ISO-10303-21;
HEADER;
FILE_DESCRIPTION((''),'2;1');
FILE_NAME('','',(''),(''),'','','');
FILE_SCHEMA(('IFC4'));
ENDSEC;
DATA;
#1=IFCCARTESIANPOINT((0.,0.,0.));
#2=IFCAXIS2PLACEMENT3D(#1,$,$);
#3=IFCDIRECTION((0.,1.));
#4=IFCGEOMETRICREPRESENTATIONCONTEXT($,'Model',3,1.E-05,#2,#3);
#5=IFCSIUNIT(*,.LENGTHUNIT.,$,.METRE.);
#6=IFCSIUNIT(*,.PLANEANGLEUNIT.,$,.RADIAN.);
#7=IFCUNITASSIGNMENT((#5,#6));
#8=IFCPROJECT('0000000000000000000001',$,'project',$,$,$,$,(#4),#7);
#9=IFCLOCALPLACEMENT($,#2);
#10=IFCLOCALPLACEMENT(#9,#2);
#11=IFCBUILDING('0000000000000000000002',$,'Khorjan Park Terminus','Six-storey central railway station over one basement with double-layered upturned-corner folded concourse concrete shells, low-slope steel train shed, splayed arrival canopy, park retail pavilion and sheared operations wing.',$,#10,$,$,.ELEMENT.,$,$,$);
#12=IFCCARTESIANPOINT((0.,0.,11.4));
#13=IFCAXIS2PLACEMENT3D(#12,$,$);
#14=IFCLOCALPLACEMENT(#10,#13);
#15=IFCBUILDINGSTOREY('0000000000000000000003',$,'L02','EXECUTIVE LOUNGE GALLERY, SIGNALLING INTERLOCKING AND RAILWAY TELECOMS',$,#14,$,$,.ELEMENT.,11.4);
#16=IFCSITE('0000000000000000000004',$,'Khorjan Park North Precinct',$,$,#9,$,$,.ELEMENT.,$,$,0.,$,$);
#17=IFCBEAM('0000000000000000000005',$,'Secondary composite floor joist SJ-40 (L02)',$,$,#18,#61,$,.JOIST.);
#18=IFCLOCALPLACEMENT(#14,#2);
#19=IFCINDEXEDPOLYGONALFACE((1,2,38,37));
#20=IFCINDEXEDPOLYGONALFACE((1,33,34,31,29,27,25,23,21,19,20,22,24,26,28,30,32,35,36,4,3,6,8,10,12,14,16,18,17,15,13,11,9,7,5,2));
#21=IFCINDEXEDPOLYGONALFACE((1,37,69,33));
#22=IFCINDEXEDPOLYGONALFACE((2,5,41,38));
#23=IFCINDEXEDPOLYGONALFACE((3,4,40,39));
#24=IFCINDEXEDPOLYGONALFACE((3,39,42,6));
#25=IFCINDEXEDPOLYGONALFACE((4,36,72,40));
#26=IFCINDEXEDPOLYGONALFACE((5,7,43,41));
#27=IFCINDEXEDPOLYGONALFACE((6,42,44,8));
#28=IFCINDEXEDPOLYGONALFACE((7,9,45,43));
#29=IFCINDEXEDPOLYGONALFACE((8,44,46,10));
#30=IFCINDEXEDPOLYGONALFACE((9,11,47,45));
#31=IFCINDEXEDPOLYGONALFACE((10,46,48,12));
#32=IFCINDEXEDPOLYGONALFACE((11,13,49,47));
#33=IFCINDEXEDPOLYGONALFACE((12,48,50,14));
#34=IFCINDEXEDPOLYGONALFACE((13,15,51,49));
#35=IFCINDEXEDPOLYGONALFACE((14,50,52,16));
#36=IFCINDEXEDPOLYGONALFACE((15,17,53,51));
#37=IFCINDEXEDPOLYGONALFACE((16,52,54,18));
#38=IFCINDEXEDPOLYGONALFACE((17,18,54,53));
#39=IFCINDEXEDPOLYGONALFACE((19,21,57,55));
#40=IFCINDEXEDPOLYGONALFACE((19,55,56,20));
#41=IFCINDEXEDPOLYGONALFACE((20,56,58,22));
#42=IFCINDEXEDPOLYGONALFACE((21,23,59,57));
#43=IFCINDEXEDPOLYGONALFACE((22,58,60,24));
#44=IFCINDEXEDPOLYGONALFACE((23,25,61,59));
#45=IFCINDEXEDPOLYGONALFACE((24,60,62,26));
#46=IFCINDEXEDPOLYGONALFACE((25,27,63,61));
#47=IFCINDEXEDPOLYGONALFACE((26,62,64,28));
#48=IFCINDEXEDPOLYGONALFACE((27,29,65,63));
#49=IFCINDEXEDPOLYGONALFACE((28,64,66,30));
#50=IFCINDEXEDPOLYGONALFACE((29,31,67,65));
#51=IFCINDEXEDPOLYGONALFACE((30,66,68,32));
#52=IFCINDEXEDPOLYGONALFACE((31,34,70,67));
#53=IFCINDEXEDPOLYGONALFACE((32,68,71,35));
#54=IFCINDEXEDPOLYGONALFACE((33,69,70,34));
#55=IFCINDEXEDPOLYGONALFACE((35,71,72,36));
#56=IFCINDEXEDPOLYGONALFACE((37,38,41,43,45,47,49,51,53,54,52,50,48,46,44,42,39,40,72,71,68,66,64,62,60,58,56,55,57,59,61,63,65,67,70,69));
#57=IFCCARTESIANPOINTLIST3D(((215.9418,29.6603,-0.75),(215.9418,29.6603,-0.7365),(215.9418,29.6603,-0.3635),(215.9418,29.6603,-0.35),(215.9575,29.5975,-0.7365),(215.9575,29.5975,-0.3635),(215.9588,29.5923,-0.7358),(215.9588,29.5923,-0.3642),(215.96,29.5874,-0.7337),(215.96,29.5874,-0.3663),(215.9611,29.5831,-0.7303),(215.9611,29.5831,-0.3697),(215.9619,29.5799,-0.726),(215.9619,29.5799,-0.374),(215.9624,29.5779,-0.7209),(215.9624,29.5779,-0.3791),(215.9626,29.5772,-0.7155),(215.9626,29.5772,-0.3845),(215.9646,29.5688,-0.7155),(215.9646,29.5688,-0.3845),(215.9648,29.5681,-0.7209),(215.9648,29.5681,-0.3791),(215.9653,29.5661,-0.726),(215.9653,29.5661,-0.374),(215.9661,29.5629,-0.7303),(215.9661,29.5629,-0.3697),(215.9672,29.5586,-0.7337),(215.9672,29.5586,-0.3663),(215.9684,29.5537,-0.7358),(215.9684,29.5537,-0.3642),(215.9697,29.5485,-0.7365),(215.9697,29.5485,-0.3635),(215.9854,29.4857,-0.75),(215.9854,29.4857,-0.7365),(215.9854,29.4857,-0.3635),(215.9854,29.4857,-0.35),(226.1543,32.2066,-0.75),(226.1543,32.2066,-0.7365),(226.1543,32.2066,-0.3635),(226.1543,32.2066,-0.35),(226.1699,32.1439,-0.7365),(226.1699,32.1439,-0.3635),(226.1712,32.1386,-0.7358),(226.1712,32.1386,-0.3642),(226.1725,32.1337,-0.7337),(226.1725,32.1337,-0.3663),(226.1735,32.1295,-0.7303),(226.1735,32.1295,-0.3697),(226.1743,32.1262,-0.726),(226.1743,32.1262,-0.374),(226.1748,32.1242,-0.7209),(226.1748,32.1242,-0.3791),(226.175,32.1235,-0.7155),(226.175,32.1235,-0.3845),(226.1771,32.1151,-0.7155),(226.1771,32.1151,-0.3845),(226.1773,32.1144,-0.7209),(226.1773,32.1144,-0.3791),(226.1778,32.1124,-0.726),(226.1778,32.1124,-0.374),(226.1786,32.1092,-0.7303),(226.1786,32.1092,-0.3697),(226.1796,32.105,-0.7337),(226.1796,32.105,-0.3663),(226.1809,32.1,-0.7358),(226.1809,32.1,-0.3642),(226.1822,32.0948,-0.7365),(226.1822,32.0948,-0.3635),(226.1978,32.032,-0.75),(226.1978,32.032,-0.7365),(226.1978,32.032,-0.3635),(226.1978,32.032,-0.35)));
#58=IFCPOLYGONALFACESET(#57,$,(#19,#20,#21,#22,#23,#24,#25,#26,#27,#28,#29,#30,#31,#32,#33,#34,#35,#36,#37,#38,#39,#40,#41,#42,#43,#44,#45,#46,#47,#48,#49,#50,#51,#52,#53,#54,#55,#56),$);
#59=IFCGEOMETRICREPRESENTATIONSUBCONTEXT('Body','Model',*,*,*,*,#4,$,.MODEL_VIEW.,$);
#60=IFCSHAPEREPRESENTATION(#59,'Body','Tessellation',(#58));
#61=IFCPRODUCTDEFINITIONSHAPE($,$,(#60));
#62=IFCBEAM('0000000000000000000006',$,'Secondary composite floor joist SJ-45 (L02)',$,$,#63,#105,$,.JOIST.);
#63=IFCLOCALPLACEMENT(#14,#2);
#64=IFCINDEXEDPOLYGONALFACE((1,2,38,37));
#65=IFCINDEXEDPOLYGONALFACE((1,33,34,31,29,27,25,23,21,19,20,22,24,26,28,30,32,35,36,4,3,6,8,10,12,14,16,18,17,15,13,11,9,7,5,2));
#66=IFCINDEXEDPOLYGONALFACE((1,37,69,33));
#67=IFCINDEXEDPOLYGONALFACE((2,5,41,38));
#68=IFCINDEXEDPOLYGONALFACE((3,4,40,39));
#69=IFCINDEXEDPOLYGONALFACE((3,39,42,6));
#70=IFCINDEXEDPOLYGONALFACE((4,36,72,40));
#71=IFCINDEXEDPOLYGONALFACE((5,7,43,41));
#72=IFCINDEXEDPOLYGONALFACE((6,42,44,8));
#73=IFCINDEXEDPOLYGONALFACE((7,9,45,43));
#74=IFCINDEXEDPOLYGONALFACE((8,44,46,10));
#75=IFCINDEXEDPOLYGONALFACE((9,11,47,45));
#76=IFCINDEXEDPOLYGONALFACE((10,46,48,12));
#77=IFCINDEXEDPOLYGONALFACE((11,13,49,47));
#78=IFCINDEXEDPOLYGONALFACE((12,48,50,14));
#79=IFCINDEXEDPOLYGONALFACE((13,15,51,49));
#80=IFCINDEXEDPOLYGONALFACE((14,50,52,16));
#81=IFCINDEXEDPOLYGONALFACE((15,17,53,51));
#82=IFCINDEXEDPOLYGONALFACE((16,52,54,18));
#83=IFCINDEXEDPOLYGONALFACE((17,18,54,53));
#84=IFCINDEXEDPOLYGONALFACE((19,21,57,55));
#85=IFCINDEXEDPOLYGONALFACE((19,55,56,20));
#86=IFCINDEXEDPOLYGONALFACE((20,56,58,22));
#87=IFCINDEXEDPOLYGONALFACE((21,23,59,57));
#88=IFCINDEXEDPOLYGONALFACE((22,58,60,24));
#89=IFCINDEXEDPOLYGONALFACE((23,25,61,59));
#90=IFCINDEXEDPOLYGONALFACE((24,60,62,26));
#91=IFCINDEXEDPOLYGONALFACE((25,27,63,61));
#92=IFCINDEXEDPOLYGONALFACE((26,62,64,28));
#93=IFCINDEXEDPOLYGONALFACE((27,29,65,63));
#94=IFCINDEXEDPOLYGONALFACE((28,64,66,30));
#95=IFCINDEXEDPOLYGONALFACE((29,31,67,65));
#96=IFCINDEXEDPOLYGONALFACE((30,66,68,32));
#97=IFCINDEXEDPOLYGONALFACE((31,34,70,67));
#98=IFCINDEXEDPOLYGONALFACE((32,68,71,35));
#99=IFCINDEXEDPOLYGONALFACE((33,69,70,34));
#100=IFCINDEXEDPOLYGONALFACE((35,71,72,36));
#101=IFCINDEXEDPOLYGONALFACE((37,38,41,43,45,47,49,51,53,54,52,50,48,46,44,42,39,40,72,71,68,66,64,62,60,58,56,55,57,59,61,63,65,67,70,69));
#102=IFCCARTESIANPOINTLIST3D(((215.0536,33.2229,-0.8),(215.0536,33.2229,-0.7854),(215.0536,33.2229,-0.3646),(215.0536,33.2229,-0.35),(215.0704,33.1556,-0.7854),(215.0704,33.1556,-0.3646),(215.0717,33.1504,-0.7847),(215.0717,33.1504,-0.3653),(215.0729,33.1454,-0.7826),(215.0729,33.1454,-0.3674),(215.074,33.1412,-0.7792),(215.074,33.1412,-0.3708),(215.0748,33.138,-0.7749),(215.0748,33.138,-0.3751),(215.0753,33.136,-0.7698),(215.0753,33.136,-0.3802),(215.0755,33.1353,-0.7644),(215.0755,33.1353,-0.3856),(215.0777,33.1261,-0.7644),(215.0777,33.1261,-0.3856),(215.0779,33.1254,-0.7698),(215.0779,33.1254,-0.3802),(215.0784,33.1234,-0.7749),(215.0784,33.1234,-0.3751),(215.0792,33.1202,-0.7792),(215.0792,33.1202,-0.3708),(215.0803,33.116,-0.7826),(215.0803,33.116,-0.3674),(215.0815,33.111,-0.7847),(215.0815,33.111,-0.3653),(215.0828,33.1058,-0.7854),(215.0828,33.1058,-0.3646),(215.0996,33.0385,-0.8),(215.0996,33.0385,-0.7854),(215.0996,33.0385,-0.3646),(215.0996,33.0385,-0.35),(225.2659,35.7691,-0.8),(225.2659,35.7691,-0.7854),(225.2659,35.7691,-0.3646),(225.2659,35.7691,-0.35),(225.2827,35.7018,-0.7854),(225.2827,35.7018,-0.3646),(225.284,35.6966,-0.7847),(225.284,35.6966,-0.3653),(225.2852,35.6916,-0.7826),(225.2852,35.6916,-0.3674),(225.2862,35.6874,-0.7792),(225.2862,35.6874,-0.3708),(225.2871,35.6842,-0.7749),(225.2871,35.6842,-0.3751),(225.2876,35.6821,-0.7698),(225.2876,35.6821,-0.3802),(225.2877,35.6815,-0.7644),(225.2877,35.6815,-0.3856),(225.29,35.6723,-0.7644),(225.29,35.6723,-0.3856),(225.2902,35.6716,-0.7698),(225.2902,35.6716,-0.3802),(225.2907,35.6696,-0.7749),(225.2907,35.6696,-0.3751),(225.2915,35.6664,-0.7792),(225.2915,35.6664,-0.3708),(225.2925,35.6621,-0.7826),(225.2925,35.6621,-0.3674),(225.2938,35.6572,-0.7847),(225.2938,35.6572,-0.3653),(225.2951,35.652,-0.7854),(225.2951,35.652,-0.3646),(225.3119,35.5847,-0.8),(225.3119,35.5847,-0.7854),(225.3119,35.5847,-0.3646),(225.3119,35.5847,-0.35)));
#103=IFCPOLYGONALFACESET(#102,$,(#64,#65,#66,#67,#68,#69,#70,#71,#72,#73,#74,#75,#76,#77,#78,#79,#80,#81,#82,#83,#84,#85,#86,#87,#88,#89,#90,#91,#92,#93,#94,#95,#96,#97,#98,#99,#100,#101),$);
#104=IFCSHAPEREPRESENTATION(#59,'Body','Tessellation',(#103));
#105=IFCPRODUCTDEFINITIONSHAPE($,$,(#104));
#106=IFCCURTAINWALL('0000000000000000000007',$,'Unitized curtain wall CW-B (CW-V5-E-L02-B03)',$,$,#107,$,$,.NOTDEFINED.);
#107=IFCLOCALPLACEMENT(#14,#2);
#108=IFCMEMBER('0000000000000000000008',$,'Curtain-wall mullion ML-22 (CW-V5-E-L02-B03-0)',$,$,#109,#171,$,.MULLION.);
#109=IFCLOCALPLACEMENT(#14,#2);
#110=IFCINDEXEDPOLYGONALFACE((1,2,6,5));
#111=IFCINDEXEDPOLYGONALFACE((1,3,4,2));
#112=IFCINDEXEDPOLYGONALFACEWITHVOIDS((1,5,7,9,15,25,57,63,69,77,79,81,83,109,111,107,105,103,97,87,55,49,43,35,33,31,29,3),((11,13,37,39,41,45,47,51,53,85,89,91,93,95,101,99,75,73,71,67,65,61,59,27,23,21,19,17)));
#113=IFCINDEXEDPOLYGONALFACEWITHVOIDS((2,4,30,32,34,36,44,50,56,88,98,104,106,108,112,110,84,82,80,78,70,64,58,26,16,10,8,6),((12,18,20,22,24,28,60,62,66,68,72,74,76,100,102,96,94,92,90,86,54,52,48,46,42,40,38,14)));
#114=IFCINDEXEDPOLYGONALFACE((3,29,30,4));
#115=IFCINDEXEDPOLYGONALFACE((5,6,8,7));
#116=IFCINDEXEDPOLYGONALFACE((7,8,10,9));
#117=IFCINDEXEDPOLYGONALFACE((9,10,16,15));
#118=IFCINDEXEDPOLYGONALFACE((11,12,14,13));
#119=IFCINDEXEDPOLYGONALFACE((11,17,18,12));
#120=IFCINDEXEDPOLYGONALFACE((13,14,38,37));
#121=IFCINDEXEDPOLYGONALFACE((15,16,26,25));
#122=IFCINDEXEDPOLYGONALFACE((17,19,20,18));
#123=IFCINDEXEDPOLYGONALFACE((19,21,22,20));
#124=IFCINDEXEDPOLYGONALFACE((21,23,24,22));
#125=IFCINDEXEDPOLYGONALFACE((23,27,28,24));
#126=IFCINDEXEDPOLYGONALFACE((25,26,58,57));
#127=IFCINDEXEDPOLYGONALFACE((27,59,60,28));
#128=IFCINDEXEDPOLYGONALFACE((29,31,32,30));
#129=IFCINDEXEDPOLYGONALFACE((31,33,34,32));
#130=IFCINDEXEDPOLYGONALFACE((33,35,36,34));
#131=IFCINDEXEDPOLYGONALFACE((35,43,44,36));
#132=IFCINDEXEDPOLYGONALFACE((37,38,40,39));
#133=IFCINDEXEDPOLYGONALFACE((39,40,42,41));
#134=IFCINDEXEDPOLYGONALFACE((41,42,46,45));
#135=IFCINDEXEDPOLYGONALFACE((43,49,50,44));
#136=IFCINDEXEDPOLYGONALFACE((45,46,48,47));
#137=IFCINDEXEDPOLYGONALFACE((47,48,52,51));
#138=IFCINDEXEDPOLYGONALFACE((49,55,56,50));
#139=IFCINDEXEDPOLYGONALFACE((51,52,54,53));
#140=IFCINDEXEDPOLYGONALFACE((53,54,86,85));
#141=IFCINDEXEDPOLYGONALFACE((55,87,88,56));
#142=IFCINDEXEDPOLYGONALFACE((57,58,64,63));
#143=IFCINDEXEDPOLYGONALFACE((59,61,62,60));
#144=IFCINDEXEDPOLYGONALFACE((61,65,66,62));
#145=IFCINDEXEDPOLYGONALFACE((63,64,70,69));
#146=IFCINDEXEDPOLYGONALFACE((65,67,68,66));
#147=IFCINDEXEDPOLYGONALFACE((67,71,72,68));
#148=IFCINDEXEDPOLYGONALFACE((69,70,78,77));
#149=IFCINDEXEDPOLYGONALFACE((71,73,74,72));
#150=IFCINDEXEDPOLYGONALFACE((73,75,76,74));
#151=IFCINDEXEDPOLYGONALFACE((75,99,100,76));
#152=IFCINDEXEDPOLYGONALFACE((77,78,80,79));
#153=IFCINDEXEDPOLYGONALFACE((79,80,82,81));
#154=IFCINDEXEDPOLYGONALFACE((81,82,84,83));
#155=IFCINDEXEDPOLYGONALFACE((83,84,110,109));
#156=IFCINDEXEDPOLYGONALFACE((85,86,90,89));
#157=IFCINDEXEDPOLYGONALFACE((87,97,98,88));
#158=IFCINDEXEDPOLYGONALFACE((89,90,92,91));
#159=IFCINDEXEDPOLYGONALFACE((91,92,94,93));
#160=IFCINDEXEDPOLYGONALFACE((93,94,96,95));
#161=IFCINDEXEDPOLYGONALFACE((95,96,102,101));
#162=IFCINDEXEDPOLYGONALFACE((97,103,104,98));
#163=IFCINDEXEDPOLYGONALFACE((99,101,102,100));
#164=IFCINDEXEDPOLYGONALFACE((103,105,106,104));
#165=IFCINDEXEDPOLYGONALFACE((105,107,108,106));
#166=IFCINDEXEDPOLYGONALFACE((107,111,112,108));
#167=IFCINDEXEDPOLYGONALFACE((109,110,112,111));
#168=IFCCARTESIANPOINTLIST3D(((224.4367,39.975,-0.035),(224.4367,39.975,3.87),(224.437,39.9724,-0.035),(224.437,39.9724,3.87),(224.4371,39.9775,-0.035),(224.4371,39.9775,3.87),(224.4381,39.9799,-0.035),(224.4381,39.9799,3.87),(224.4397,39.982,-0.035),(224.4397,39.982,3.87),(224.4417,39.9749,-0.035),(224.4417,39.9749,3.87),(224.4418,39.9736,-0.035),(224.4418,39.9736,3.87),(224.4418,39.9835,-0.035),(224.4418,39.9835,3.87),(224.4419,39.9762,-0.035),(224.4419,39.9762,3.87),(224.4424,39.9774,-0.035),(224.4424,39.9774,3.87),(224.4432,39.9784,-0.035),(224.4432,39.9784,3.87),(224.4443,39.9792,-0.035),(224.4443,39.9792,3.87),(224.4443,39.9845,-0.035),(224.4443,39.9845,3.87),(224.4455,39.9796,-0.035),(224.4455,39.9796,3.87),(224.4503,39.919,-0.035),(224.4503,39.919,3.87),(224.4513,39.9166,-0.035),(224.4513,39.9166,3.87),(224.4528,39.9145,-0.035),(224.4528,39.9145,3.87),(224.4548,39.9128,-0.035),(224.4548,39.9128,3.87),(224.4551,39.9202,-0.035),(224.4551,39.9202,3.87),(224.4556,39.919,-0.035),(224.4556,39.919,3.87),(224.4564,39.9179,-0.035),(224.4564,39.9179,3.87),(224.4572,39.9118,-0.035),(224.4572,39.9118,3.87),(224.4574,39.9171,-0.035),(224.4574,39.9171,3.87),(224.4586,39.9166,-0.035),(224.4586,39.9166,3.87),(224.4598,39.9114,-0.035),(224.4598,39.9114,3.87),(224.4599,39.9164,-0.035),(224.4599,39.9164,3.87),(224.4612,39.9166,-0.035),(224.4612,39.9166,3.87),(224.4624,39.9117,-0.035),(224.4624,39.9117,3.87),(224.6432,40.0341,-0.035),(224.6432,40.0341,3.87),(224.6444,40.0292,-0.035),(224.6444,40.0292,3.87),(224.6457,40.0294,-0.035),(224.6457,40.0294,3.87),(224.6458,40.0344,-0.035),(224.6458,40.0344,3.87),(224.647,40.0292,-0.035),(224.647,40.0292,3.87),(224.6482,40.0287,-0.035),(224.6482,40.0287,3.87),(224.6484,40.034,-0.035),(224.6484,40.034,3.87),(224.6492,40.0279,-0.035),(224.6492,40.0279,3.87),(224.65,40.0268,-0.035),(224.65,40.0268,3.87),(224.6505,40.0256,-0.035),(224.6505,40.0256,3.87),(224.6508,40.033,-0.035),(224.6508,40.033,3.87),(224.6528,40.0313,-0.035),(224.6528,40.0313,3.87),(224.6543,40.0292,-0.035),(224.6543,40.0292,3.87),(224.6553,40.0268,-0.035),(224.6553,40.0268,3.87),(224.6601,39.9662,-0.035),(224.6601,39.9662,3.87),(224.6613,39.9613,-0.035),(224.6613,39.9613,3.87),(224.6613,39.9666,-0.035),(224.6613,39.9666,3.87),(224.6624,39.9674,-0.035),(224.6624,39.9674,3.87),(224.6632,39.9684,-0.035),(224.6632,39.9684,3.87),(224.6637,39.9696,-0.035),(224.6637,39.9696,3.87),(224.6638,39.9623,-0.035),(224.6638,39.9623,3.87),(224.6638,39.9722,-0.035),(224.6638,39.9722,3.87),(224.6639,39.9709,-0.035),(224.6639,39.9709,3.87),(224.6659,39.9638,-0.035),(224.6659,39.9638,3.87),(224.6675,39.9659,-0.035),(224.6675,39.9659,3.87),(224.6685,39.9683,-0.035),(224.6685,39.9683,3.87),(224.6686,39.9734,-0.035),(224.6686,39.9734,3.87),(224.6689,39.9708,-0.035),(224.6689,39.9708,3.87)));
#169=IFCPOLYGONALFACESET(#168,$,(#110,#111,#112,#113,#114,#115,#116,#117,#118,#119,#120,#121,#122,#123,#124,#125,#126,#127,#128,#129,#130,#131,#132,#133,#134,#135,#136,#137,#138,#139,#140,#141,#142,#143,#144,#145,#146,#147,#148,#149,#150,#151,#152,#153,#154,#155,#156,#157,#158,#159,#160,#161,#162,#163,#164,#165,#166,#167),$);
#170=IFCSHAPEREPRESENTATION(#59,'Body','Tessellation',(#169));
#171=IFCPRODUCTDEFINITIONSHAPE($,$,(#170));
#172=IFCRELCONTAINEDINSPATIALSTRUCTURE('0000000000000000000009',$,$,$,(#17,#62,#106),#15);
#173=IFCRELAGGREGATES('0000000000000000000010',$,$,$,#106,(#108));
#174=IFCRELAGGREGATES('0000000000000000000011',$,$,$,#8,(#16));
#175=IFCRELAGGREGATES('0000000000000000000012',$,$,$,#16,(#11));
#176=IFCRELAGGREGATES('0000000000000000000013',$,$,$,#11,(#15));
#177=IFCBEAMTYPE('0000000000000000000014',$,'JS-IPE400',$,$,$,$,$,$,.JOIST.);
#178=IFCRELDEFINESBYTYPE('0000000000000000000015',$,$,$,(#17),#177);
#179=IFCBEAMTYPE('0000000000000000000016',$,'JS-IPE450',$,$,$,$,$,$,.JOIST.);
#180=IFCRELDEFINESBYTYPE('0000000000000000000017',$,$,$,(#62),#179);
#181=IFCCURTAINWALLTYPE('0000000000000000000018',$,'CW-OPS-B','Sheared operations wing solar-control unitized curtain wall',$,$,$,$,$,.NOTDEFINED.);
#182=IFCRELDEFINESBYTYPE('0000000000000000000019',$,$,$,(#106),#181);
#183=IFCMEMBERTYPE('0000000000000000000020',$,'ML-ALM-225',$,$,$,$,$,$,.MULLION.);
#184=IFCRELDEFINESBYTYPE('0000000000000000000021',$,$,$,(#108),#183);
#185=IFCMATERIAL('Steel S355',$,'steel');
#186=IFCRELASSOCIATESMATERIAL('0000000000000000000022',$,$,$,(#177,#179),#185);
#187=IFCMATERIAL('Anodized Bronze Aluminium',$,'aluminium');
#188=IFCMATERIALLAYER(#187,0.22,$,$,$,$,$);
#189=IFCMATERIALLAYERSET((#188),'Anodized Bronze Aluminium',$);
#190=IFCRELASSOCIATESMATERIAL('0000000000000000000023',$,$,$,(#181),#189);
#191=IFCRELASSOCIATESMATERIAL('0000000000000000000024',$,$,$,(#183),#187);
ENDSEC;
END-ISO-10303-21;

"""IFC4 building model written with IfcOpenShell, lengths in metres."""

from ifc_helpers import new_model, si_unit, direction, frame, origin, origin_2d, place, context, subcontext, project, spatial, hollow_rectangle, i_section, extrude, material, layer, layer_set, material_profile, profile_set, type_object, element, aggregate, save


model = new_model("IFC4")

# Units and contexts
model_context = context("Model", 3, precision=1e-05, world=origin(), true_north=direction((0.0, 1.0)))
body_context = subcontext(model_context, "Body", "Model", "MODEL_VIEW")
ifc_project = project(units=[si_unit("LENGTHUNIT", "METRE"), si_unit("PLANEANGLEUNIT", "RADIAN")], contexts=[model_context])

# Site, building, storey
site_placement = place(None, origin())
site = spatial("IfcSite", under=ifc_project, at=site_placement, Name="Khorjan Park North Precinct", CompositionType="ELEMENT", RefElevation=0.0)
building_placement = place(site_placement, origin())
building = spatial("IfcBuilding", under=site, at=building_placement, Name="Khorjan Park Terminus", Description="Six-storey central railway station over one basement with double-layered upturned-corner folded concourse concrete shells, low-slope steel train shed, splayed arrival canopy, park retail pavilion and sheared operations wing.", CompositionType="ELEMENT")
storey_placement = place(building_placement, frame((0.0, 0.0, 11.4)))
storey = spatial("IfcBuildingStorey", under=building, at=storey_placement, Name="L02", Description="EXECUTIVE LOUNGE GALLERY, SIGNALLING INTERLOCKING AND RAILWAY TELECOMS", CompositionType="ELEMENT", Elevation=11.4)

# Beams
ifc_material_1 = material(Name="Steel S355", Category="steel")
ifc_material_profile_1 = material_profile(ifc_material_1, i_section(OverallWidth=0.18, OverallDepth=0.4, WebThickness=0.0086, FlangeThickness=0.0135, FilletRadius=0.021, at=origin_2d()), Name="IPE 400")
ifc_profile_set_1 = profile_set([ifc_material_profile_1], Name="Steel S355")
beam_type_1 = type_object("IfcBeamType", Name="JS-IPE400", PredefinedType="JOIST", material=ifc_profile_set_1)
beam_1_placement = place(storey_placement, frame((215.9636, 29.573, -0.55), z_axis=(0.970294, 0.241928, 0.0), x_axis=(-0.241928, 0.970294, 0.0)))
element("IfcBeam", 1, at=beam_1_placement, inside=storey, type_object=beam_type_1, Name="Secondary composite floor joist SJ-40 (L02)", PredefinedType="JOIST", context=body_context, shape_type="SweptSolid", body=[
    extrude(i_section(OverallWidth=0.18, OverallDepth=0.4, WebThickness=0.0086, FlangeThickness=0.0135, FilletRadius=0.021, at=origin_2d()), origin(), (0.0, 0.0, 1.0), 10.5251),
])
ifc_material_profile_2 = material_profile(ifc_material_1, i_section(OverallWidth=0.19, OverallDepth=0.45, WebThickness=0.0094, FlangeThickness=0.0146, FilletRadius=0.021, at=origin_2d()), Name="IPE 450")
ifc_profile_set_2 = profile_set([ifc_material_profile_2], Name="Steel S355")
beam_type_2 = type_object("IfcBeamType", Name="JS-IPE450", PredefinedType="JOIST", material=ifc_profile_set_2)
beam_2_placement = place(storey_placement, frame((215.0766, 33.1307, -0.575), z_axis=(0.970296, 0.241921, 0.0), x_axis=(-0.241921, 0.970296, 0.0)))
element("IfcBeam", 2, at=beam_2_placement, inside=storey, type_object=beam_type_2, Name="Secondary composite floor joist SJ-45 (L02)", PredefinedType="JOIST", context=body_context, shape_type="SweptSolid", body=[
    extrude(i_section(OverallWidth=0.19, OverallDepth=0.45, WebThickness=0.0094, FlangeThickness=0.0146, FilletRadius=0.021, at=origin_2d()), origin(), (0.0, 0.0, 1.0), 10.5249),
])

# Curtain wall, member
ifc_material_2 = material(Name="Anodized Bronze Aluminium", Category="aluminium")
ifc_layer_1 = layer(ifc_material_2, 0.22)
ifc_layer_set_1 = layer_set([ifc_layer_1], Name="Anodized Bronze Aluminium")
curtain_wall_type = type_object("IfcCurtainWallType", Name="CW-OPS-B", Description="Sheared operations wing solar-control unitized curtain wall", PredefinedType="NOTDEFINED", material=ifc_layer_set_1)
curtain_wall_placement = place(storey_placement, origin())
curtain_wall = element("IfcCurtainWall", 3, at=curtain_wall_placement, inside=storey, type_object=curtain_wall_type, Name="Unitized curtain wall CW-B (CW-V5-E-L02-B03)", PredefinedType="NOTDEFINED")
ifc_material_profile_3 = material_profile(ifc_material_2, hollow_rectangle(XDim=0.075, YDim=0.225, WallThickness=0.005, InnerFilletRadius=0.005, OuterFilletRadius=0.01, at=origin_2d()), Name="ALM 75x225x5")
ifc_profile_set_3 = profile_set([ifc_material_profile_3], Name="Anodized Bronze Aluminium")
member_type_1 = type_object("IfcMemberType", Name="ML-ALM-225", PredefinedType="MULLION", material=ifc_profile_set_3)
member_1_placement = place(storey_placement, frame((224.5528, 39.9729, -0.035), z_axis=(0.0, 0.0, 1.0), x_axis=(-0.241923, 0.970295, 0.0)))
member_1 = element("IfcMember", 4, at=member_1_placement, type_object=member_type_1, Name="Curtain-wall mullion ML-22 (CW-V5-E-L02-B03-0)", PredefinedType="MULLION", context=body_context, shape_type="SweptSolid", body=[
    extrude(hollow_rectangle(XDim=0.075, YDim=0.225, WallThickness=0.005, InnerFilletRadius=0.005, OuterFilletRadius=0.01, at=origin_2d()), origin(), (0.0, 0.0, 1.0), 3.905),
])
aggregate(curtain_wall, [member_1])

save(model, "model.ifc")
